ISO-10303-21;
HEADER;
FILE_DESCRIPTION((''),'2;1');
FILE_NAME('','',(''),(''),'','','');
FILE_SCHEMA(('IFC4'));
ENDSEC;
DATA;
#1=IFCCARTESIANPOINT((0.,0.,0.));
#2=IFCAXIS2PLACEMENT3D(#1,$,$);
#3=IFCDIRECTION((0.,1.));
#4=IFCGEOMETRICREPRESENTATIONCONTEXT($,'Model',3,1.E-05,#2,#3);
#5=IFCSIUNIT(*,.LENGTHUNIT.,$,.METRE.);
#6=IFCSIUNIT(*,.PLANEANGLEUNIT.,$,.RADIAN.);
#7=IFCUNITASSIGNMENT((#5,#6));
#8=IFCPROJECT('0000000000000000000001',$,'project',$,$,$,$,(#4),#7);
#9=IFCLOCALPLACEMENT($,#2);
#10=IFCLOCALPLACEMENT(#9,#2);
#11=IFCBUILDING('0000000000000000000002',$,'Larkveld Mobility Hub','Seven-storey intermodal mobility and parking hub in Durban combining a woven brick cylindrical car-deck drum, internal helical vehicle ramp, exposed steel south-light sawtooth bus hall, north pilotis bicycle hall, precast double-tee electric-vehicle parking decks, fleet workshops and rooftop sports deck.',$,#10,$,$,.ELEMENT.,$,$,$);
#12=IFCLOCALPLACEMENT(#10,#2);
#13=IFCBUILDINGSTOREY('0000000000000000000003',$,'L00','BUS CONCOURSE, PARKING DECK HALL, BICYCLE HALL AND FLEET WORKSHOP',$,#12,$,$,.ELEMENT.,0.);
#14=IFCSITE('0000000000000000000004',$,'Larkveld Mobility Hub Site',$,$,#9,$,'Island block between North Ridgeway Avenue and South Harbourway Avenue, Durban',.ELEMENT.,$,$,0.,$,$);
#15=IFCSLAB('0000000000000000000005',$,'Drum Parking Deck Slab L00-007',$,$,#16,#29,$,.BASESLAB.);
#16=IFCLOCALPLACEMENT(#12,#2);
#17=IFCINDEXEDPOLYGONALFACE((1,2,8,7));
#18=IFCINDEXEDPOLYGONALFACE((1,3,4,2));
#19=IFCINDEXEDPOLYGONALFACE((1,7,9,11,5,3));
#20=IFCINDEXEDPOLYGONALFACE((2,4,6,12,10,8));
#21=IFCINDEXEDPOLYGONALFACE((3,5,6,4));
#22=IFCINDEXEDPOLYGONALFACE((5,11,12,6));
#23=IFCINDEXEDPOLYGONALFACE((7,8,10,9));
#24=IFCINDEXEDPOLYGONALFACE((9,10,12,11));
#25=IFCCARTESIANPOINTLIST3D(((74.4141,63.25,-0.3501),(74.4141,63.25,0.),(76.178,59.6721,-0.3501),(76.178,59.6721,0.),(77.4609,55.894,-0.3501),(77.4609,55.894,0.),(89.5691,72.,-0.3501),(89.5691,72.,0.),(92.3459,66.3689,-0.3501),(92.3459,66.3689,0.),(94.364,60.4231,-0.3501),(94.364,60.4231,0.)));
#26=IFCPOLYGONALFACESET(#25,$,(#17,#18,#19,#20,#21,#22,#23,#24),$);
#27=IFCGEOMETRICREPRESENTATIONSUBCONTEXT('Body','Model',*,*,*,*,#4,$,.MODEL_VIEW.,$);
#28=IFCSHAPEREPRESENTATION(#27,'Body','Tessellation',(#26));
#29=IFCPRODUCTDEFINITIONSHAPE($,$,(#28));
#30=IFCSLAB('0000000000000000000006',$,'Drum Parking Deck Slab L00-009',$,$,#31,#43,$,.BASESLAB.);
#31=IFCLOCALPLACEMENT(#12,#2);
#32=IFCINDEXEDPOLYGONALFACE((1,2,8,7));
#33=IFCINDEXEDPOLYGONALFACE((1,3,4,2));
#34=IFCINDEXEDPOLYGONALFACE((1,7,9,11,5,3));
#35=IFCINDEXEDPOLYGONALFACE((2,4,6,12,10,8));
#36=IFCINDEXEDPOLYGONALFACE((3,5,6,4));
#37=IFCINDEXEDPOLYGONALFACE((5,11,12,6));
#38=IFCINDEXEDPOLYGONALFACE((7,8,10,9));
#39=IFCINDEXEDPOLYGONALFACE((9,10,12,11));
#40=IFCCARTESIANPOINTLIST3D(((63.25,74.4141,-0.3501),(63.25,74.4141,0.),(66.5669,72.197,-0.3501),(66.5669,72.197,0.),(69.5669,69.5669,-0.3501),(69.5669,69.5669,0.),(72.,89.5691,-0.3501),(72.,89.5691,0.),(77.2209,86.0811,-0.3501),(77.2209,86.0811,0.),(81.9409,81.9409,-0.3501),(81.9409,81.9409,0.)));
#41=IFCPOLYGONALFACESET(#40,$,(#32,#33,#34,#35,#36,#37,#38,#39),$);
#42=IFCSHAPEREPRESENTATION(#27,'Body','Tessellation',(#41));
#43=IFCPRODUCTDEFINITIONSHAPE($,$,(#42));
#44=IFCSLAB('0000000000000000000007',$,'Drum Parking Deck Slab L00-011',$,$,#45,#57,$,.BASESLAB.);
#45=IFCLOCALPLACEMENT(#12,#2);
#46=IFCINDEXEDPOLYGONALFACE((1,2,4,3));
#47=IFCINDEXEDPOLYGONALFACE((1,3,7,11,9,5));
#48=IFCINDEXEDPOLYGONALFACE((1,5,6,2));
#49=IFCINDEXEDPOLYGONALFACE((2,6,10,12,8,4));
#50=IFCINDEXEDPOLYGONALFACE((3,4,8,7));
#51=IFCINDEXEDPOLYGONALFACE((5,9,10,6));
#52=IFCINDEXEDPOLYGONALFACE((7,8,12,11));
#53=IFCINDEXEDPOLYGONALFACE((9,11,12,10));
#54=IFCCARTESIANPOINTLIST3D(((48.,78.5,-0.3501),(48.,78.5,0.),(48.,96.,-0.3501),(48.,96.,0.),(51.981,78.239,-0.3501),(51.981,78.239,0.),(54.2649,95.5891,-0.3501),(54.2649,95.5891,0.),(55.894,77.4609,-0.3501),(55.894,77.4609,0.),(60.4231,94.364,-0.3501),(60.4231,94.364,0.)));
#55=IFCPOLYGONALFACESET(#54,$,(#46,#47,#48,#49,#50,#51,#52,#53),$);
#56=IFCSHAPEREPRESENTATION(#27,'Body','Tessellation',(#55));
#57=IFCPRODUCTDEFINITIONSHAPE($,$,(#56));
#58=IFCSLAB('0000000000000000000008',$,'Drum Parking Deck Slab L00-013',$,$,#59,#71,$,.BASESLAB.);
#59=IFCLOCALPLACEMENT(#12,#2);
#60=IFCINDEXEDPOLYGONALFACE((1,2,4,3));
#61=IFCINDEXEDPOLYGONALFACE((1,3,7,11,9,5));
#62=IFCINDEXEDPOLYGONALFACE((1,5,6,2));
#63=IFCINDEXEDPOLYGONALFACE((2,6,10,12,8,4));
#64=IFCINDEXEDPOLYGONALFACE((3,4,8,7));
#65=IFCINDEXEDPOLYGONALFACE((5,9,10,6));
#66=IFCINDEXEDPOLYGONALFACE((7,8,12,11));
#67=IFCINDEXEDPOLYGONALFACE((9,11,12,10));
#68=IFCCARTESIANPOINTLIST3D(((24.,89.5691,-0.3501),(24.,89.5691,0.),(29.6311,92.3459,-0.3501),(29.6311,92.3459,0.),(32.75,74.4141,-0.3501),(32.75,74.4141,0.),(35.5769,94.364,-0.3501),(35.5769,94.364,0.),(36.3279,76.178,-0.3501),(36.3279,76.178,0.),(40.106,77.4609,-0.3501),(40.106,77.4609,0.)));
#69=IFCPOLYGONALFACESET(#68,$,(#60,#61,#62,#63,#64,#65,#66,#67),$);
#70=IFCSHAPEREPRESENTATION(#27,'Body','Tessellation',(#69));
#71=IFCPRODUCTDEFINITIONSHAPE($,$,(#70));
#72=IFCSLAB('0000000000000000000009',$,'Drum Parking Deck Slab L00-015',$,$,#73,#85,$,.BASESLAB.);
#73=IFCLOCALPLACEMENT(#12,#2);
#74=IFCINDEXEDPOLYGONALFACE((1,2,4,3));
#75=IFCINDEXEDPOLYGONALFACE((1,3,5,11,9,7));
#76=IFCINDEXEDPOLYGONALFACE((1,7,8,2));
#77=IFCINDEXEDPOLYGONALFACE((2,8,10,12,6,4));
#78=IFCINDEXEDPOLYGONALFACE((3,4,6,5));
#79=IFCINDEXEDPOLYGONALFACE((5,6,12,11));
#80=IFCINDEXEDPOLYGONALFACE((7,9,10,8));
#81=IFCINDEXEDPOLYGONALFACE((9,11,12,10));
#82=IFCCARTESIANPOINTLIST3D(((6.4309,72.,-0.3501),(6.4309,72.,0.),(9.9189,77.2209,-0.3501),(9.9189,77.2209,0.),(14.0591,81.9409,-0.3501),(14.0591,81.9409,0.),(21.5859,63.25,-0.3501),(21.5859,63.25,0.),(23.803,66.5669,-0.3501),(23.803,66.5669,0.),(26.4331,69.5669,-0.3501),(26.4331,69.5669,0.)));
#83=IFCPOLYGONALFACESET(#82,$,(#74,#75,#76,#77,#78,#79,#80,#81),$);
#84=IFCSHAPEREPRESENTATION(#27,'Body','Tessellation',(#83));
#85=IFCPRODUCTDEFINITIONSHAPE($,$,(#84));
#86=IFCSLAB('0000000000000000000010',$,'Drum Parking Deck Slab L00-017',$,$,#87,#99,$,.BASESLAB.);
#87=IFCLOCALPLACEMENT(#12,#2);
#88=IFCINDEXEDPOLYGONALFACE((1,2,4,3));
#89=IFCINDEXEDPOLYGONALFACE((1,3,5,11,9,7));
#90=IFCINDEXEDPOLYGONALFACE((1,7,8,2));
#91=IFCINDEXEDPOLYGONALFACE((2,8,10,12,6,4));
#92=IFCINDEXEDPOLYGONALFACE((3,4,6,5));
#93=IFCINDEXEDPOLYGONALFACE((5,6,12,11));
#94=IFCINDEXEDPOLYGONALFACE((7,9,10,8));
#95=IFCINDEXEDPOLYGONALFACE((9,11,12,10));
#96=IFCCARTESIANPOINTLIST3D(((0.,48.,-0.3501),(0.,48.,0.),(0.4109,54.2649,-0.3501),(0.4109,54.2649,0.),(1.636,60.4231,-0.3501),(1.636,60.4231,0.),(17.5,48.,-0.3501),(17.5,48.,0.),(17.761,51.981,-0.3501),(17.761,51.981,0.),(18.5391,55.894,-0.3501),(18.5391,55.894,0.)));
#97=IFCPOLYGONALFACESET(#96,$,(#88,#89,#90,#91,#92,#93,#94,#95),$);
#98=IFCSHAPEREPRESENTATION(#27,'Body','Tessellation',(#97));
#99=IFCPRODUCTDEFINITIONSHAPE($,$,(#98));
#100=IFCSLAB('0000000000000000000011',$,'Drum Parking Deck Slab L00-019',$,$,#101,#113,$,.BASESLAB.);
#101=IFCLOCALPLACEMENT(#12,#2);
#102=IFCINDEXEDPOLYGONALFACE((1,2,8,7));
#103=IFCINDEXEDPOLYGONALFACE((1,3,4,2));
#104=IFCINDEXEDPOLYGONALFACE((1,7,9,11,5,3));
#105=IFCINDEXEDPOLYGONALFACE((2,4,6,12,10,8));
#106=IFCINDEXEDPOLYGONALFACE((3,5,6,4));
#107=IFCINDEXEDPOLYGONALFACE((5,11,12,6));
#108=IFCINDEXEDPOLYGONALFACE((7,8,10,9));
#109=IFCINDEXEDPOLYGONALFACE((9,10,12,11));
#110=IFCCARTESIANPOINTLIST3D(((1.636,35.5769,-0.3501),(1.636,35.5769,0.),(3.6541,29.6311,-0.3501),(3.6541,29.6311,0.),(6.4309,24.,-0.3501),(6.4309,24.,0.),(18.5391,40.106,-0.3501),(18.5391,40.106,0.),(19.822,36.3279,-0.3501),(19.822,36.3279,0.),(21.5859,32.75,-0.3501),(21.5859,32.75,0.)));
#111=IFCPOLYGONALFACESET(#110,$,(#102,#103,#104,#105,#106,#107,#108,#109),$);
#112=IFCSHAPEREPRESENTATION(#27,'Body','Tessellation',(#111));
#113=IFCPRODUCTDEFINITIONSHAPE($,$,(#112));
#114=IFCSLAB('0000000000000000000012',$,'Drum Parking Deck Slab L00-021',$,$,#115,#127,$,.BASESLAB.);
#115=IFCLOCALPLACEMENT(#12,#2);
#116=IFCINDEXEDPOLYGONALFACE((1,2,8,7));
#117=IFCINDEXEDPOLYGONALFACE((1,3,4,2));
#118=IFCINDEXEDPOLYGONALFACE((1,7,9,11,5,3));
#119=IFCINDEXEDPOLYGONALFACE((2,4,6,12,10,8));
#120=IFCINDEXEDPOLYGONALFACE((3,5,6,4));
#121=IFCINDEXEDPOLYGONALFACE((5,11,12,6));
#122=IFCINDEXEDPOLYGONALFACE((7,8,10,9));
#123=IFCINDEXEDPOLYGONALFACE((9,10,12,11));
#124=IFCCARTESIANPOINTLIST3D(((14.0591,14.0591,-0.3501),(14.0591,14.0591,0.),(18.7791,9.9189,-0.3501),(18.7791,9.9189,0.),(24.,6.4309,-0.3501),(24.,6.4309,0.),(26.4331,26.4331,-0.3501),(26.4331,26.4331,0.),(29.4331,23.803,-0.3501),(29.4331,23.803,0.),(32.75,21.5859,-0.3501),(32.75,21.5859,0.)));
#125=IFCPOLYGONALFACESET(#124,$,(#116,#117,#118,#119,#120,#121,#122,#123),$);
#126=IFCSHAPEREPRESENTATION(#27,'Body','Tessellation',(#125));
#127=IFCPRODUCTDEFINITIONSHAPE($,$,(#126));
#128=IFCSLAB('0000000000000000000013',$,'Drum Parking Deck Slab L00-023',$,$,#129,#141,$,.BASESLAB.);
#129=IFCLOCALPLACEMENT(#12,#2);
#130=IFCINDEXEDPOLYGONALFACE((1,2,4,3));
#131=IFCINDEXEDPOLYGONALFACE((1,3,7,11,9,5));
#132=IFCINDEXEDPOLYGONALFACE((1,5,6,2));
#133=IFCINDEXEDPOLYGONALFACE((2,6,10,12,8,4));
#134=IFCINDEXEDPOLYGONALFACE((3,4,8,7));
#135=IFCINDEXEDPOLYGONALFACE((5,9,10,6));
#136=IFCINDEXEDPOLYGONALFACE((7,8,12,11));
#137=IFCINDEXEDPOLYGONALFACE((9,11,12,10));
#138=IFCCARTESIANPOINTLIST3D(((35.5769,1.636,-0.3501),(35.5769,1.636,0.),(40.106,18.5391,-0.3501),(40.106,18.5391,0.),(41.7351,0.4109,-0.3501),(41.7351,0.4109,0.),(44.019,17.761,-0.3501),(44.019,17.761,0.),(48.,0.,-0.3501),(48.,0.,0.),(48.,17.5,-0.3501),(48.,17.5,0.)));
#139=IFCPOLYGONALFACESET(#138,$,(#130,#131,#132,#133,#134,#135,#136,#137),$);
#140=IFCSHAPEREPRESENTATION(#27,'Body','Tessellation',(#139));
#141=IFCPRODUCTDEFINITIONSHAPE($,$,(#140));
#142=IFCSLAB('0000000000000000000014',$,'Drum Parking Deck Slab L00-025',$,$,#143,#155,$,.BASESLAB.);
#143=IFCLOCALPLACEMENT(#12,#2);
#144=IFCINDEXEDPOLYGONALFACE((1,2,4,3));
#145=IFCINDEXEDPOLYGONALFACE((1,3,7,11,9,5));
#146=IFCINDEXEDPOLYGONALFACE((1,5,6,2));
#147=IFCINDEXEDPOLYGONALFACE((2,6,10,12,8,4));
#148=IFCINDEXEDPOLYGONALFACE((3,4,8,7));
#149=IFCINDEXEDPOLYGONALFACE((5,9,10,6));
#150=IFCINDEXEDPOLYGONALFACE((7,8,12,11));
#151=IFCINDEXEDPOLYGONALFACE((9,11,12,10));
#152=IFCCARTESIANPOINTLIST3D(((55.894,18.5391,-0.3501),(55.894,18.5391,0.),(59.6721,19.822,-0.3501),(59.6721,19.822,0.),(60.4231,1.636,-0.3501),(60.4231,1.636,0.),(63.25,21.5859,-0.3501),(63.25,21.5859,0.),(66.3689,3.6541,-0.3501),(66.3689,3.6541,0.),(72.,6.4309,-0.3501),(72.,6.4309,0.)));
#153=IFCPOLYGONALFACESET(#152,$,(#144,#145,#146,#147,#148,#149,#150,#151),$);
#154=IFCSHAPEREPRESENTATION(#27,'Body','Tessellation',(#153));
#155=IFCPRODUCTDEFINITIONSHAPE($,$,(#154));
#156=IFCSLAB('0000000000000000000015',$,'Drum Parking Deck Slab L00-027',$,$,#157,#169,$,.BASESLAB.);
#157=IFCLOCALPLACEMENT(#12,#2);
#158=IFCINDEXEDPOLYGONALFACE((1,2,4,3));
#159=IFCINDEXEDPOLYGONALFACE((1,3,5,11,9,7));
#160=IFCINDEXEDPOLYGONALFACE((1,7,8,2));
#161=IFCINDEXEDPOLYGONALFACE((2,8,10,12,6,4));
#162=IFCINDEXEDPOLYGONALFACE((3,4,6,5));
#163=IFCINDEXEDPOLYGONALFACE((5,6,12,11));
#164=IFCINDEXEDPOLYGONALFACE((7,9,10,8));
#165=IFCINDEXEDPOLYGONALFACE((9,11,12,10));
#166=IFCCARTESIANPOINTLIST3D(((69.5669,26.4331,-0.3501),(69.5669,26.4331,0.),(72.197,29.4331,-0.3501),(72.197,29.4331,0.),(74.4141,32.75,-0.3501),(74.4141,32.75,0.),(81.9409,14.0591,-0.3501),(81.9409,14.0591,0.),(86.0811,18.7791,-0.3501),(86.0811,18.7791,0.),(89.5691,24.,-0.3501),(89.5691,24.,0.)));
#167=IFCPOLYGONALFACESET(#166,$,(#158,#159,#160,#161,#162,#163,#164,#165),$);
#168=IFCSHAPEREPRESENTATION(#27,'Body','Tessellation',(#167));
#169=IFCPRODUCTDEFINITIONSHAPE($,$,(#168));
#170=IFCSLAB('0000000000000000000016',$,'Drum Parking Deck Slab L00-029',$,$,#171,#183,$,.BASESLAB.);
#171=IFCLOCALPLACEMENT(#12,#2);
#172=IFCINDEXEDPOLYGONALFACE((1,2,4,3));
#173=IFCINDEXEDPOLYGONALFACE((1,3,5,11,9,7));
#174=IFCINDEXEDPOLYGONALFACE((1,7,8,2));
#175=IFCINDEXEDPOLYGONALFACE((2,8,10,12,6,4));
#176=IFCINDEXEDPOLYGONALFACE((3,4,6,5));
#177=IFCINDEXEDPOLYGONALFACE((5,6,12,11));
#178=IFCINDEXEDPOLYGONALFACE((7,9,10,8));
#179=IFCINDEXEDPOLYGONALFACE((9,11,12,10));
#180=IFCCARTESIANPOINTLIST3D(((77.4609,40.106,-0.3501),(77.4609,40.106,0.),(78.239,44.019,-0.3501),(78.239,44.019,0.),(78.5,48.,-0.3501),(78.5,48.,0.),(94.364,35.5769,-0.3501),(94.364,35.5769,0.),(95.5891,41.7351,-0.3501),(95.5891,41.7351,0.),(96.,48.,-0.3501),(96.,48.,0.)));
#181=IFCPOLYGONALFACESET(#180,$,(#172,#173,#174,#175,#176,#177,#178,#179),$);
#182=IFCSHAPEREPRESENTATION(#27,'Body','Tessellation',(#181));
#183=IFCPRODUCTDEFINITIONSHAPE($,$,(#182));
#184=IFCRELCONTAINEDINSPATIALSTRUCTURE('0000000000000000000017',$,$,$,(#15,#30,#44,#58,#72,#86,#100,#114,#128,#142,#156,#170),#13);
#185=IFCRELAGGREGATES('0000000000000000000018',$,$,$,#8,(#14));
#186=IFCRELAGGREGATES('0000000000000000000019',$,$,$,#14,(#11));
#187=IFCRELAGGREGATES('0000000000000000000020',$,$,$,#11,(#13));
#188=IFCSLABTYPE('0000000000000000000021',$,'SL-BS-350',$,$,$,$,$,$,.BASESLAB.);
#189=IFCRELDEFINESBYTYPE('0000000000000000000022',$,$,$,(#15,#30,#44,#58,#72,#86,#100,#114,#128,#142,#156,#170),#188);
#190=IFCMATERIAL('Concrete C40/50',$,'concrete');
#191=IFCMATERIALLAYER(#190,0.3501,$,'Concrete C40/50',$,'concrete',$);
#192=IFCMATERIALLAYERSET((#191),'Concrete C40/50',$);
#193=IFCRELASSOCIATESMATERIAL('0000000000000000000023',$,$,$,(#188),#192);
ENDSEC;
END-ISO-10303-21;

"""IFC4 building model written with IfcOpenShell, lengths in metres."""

from ifc_helpers import new_model, si_unit, direction, frame, origin, place, context, subcontext, project, spatial, polyline, outline, extrude, material, layer, layer_set, type_object, element, save


model = new_model("IFC4")

# Units and contexts
model_context = context("Model", 3, precision=1e-05, world=origin(), true_north=direction((0.0, 1.0)))
body_context = subcontext(model_context, "Body", "Model", "MODEL_VIEW")
ifc_project = project(units=[si_unit("LENGTHUNIT", "METRE"), si_unit("PLANEANGLEUNIT", "RADIAN")], contexts=[model_context])

# Site, building, storey
site_placement = place(None, origin())
site = spatial("IfcSite", under=ifc_project, at=site_placement, Name="Larkveld Mobility Hub Site", LongName="Island block between North Ridgeway Avenue and South Harbourway Avenue, Durban", CompositionType="ELEMENT", RefElevation=0.0)
building_placement = place(site_placement, origin())
building = spatial("IfcBuilding", under=site, at=building_placement, Name="Larkveld Mobility Hub", Description="Seven-storey intermodal mobility and parking hub in Durban combining a woven brick cylindrical car-deck drum, internal helical vehicle ramp, exposed steel south-light sawtooth bus hall, north pilotis bicycle hall, precast double-tee electric-vehicle parking decks, fleet workshops and rooftop sports deck.", CompositionType="ELEMENT")
storey_placement = place(building_placement, origin())
storey = spatial("IfcBuildingStorey", under=building, at=storey_placement, Name="L00", Description="BUS CONCOURSE, PARKING DECK HALL, BICYCLE HALL AND FLEET WORKSHOP", CompositionType="ELEMENT", Elevation=0.0)

# Slabs
ifc_material = material(Name="Concrete C40/50", Category="concrete")
ifc_layer_1 = layer(ifc_material, 0.3501, Name="Concrete C40/50", Category="concrete")
ifc_layer_set_1 = layer_set([ifc_layer_1], Name="Concrete C40/50")
slab_type_1 = type_object("IfcSlabType", Name="SL-BS-350", PredefinedType="BASESLAB", material=ifc_layer_set_1)
slab_1_placement = place(storey_placement, frame((0.0, 0.0, -0.3501)))
element("IfcSlab", 1, at=slab_1_placement, inside=storey, type_object=slab_type_1, Name="Drum Parking Deck Slab L00-007", PredefinedType="BASESLAB", context=body_context, shape_type="SweptSolid", body=[
    extrude(outline(polyline([(94.364, 60.4231), (92.3459, 66.3689), (89.5691, 72.0), (74.4141, 63.25), (76.178, 59.6721), (77.4609, 55.894), (94.364, 60.4231)])), origin(), (0.0, 0.0, 1.0), 0.3501),
])
slab_2_placement = place(storey_placement, frame((0.0, 0.0, -0.3501)))
element("IfcSlab", 2, at=slab_2_placement, inside=storey, type_object=slab_type_1, Name="Drum Parking Deck Slab L00-009", PredefinedType="BASESLAB", context=body_context, shape_type="SweptSolid", body=[
    extrude(outline(polyline([(81.9409, 81.9409), (77.2209, 86.0811), (72.0, 89.5691), (63.25, 74.4141), (66.5669, 72.197), (69.5669, 69.5669), (81.9409, 81.9409)])), origin(), (0.0, 0.0, 1.0), 0.3501),
])
slab_3_placement = place(storey_placement, frame((0.0, 0.0, -0.3501)))
element("IfcSlab", 3, at=slab_3_placement, inside=storey, type_object=slab_type_1, Name="Drum Parking Deck Slab L00-011", PredefinedType="BASESLAB", context=body_context, shape_type="SweptSolid", body=[
    extrude(outline(polyline([(60.4231, 94.364), (54.2649, 95.5891), (48.0, 96.0), (48.0, 78.5), (51.981, 78.239), (55.894, 77.4609), (60.4231, 94.364)])), origin(), (0.0, 0.0, 1.0), 0.3501),
])
slab_4_placement = place(storey_placement, frame((0.0, 0.0, -0.3501)))
element("IfcSlab", 4, at=slab_4_placement, inside=storey, type_object=slab_type_1, Name="Drum Parking Deck Slab L00-013", PredefinedType="BASESLAB", context=body_context, shape_type="SweptSolid", body=[
    extrude(outline(polyline([(35.5769, 94.364), (29.6311, 92.3459), (24.0, 89.5691), (32.75, 74.4141), (36.3279, 76.178), (40.106, 77.4609), (35.5769, 94.364)])), origin(), (0.0, 0.0, 1.0), 0.3501),
])
slab_5_placement = place(storey_placement, frame((0.0, 0.0, -0.3501)))
element("IfcSlab", 5, at=slab_5_placement, inside=storey, type_object=slab_type_1, Name="Drum Parking Deck Slab L00-015", PredefinedType="BASESLAB", context=body_context, shape_type="SweptSolid", body=[
    extrude(outline(polyline([(14.0591, 81.9409), (9.9189, 77.2209), (6.4309, 72.0), (21.5859, 63.25), (23.803, 66.5669), (26.4331, 69.5669), (14.0591, 81.9409)])), origin(), (0.0, 0.0, 1.0), 0.3501),
])
slab_6_placement = place(storey_placement, frame((0.0, 0.0, -0.3501)))
element("IfcSlab", 6, at=slab_6_placement, inside=storey, type_object=slab_type_1, Name="Drum Parking Deck Slab L00-017", PredefinedType="BASESLAB", context=body_context, shape_type="SweptSolid", body=[
    extrude(outline(polyline([(1.636, 60.4231), (0.4109, 54.2649), (0.0, 48.0), (17.5, 48.0), (17.761, 51.981), (18.5391, 55.894), (1.636, 60.4231)])), origin(), (0.0, 0.0, 1.0), 0.3501),
])
slab_7_placement = place(storey_placement, frame((0.0, 0.0, -0.3501)))
element("IfcSlab", 7, at=slab_7_placement, inside=storey, type_object=slab_type_1, Name="Drum Parking Deck Slab L00-019", PredefinedType="BASESLAB", context=body_context, shape_type="SweptSolid", body=[
    extrude(outline(polyline([(1.636, 35.5769), (3.6541, 29.6311), (6.4309, 24.0), (21.5859, 32.75), (19.822, 36.3279), (18.5391, 40.106), (1.636, 35.5769)])), origin(), (0.0, 0.0, 1.0), 0.3501),
])
slab_8_placement = place(storey_placement, frame((0.0, 0.0, -0.3501)))
element("IfcSlab", 8, at=slab_8_placement, inside=storey, type_object=slab_type_1, Name="Drum Parking Deck Slab L00-021", PredefinedType="BASESLAB", context=body_context, shape_type="SweptSolid", body=[
    extrude(outline(polyline([(14.0591, 14.0591), (18.7791, 9.9189), (24.0, 6.4309), (32.75, 21.5859), (29.4331, 23.803), (26.4331, 26.4331), (14.0591, 14.0591)])), origin(), (0.0, 0.0, 1.0), 0.3501),
])
slab_9_placement = place(storey_placement, frame((0.0, 0.0, -0.3501)))
element("IfcSlab", 9, at=slab_9_placement, inside=storey, type_object=slab_type_1, Name="Drum Parking Deck Slab L00-023", PredefinedType="BASESLAB", context=body_context, shape_type="SweptSolid", body=[
    extrude(outline(polyline([(35.5769, 1.636), (41.7351, 0.4109), (48.0, 0.0), (48.0, 17.5), (44.019, 17.761), (40.106, 18.5391), (35.5769, 1.636)])), origin(), (0.0, 0.0, 1.0), 0.3501),
])
slab_10_placement = place(storey_placement, frame((0.0, 0.0, -0.3501)))
element("IfcSlab", 10, at=slab_10_placement, inside=storey, type_object=slab_type_1, Name="Drum Parking Deck Slab L00-025", PredefinedType="BASESLAB", context=body_context, shape_type="SweptSolid", body=[
    extrude(outline(polyline([(60.4231, 1.636), (66.3689, 3.6541), (72.0, 6.4309), (63.25, 21.5859), (59.6721, 19.822), (55.894, 18.5391), (60.4231, 1.636)])), origin(), (0.0, 0.0, 1.0), 0.3501),
])
slab_11_placement = place(storey_placement, frame((0.0, 0.0, -0.3501)))
element("IfcSlab", 11, at=slab_11_placement, inside=storey, type_object=slab_type_1, Name="Drum Parking Deck Slab L00-027", PredefinedType="BASESLAB", context=body_context, shape_type="SweptSolid", body=[
    extrude(outline(polyline([(81.9409, 14.0591), (86.0811, 18.7791), (89.5691, 24.0), (74.4141, 32.75), (72.197, 29.4331), (69.5669, 26.4331), (81.9409, 14.0591)])), origin(), (0.0, 0.0, 1.0), 0.3501),
])
slab_12_placement = place(storey_placement, frame((0.0, 0.0, -0.3501)))
element("IfcSlab", 12, at=slab_12_placement, inside=storey, type_object=slab_type_1, Name="Drum Parking Deck Slab L00-029", PredefinedType="BASESLAB", context=body_context, shape_type="SweptSolid", body=[
    extrude(outline(polyline([(94.364, 35.5769), (95.5891, 41.7351), (96.0, 48.0), (78.5, 48.0), (78.239, 44.019), (77.4609, 40.106), (94.364, 35.5769)])), origin(), (0.0, 0.0, 1.0), 0.3501),
])

save(model, "model.ifc")
